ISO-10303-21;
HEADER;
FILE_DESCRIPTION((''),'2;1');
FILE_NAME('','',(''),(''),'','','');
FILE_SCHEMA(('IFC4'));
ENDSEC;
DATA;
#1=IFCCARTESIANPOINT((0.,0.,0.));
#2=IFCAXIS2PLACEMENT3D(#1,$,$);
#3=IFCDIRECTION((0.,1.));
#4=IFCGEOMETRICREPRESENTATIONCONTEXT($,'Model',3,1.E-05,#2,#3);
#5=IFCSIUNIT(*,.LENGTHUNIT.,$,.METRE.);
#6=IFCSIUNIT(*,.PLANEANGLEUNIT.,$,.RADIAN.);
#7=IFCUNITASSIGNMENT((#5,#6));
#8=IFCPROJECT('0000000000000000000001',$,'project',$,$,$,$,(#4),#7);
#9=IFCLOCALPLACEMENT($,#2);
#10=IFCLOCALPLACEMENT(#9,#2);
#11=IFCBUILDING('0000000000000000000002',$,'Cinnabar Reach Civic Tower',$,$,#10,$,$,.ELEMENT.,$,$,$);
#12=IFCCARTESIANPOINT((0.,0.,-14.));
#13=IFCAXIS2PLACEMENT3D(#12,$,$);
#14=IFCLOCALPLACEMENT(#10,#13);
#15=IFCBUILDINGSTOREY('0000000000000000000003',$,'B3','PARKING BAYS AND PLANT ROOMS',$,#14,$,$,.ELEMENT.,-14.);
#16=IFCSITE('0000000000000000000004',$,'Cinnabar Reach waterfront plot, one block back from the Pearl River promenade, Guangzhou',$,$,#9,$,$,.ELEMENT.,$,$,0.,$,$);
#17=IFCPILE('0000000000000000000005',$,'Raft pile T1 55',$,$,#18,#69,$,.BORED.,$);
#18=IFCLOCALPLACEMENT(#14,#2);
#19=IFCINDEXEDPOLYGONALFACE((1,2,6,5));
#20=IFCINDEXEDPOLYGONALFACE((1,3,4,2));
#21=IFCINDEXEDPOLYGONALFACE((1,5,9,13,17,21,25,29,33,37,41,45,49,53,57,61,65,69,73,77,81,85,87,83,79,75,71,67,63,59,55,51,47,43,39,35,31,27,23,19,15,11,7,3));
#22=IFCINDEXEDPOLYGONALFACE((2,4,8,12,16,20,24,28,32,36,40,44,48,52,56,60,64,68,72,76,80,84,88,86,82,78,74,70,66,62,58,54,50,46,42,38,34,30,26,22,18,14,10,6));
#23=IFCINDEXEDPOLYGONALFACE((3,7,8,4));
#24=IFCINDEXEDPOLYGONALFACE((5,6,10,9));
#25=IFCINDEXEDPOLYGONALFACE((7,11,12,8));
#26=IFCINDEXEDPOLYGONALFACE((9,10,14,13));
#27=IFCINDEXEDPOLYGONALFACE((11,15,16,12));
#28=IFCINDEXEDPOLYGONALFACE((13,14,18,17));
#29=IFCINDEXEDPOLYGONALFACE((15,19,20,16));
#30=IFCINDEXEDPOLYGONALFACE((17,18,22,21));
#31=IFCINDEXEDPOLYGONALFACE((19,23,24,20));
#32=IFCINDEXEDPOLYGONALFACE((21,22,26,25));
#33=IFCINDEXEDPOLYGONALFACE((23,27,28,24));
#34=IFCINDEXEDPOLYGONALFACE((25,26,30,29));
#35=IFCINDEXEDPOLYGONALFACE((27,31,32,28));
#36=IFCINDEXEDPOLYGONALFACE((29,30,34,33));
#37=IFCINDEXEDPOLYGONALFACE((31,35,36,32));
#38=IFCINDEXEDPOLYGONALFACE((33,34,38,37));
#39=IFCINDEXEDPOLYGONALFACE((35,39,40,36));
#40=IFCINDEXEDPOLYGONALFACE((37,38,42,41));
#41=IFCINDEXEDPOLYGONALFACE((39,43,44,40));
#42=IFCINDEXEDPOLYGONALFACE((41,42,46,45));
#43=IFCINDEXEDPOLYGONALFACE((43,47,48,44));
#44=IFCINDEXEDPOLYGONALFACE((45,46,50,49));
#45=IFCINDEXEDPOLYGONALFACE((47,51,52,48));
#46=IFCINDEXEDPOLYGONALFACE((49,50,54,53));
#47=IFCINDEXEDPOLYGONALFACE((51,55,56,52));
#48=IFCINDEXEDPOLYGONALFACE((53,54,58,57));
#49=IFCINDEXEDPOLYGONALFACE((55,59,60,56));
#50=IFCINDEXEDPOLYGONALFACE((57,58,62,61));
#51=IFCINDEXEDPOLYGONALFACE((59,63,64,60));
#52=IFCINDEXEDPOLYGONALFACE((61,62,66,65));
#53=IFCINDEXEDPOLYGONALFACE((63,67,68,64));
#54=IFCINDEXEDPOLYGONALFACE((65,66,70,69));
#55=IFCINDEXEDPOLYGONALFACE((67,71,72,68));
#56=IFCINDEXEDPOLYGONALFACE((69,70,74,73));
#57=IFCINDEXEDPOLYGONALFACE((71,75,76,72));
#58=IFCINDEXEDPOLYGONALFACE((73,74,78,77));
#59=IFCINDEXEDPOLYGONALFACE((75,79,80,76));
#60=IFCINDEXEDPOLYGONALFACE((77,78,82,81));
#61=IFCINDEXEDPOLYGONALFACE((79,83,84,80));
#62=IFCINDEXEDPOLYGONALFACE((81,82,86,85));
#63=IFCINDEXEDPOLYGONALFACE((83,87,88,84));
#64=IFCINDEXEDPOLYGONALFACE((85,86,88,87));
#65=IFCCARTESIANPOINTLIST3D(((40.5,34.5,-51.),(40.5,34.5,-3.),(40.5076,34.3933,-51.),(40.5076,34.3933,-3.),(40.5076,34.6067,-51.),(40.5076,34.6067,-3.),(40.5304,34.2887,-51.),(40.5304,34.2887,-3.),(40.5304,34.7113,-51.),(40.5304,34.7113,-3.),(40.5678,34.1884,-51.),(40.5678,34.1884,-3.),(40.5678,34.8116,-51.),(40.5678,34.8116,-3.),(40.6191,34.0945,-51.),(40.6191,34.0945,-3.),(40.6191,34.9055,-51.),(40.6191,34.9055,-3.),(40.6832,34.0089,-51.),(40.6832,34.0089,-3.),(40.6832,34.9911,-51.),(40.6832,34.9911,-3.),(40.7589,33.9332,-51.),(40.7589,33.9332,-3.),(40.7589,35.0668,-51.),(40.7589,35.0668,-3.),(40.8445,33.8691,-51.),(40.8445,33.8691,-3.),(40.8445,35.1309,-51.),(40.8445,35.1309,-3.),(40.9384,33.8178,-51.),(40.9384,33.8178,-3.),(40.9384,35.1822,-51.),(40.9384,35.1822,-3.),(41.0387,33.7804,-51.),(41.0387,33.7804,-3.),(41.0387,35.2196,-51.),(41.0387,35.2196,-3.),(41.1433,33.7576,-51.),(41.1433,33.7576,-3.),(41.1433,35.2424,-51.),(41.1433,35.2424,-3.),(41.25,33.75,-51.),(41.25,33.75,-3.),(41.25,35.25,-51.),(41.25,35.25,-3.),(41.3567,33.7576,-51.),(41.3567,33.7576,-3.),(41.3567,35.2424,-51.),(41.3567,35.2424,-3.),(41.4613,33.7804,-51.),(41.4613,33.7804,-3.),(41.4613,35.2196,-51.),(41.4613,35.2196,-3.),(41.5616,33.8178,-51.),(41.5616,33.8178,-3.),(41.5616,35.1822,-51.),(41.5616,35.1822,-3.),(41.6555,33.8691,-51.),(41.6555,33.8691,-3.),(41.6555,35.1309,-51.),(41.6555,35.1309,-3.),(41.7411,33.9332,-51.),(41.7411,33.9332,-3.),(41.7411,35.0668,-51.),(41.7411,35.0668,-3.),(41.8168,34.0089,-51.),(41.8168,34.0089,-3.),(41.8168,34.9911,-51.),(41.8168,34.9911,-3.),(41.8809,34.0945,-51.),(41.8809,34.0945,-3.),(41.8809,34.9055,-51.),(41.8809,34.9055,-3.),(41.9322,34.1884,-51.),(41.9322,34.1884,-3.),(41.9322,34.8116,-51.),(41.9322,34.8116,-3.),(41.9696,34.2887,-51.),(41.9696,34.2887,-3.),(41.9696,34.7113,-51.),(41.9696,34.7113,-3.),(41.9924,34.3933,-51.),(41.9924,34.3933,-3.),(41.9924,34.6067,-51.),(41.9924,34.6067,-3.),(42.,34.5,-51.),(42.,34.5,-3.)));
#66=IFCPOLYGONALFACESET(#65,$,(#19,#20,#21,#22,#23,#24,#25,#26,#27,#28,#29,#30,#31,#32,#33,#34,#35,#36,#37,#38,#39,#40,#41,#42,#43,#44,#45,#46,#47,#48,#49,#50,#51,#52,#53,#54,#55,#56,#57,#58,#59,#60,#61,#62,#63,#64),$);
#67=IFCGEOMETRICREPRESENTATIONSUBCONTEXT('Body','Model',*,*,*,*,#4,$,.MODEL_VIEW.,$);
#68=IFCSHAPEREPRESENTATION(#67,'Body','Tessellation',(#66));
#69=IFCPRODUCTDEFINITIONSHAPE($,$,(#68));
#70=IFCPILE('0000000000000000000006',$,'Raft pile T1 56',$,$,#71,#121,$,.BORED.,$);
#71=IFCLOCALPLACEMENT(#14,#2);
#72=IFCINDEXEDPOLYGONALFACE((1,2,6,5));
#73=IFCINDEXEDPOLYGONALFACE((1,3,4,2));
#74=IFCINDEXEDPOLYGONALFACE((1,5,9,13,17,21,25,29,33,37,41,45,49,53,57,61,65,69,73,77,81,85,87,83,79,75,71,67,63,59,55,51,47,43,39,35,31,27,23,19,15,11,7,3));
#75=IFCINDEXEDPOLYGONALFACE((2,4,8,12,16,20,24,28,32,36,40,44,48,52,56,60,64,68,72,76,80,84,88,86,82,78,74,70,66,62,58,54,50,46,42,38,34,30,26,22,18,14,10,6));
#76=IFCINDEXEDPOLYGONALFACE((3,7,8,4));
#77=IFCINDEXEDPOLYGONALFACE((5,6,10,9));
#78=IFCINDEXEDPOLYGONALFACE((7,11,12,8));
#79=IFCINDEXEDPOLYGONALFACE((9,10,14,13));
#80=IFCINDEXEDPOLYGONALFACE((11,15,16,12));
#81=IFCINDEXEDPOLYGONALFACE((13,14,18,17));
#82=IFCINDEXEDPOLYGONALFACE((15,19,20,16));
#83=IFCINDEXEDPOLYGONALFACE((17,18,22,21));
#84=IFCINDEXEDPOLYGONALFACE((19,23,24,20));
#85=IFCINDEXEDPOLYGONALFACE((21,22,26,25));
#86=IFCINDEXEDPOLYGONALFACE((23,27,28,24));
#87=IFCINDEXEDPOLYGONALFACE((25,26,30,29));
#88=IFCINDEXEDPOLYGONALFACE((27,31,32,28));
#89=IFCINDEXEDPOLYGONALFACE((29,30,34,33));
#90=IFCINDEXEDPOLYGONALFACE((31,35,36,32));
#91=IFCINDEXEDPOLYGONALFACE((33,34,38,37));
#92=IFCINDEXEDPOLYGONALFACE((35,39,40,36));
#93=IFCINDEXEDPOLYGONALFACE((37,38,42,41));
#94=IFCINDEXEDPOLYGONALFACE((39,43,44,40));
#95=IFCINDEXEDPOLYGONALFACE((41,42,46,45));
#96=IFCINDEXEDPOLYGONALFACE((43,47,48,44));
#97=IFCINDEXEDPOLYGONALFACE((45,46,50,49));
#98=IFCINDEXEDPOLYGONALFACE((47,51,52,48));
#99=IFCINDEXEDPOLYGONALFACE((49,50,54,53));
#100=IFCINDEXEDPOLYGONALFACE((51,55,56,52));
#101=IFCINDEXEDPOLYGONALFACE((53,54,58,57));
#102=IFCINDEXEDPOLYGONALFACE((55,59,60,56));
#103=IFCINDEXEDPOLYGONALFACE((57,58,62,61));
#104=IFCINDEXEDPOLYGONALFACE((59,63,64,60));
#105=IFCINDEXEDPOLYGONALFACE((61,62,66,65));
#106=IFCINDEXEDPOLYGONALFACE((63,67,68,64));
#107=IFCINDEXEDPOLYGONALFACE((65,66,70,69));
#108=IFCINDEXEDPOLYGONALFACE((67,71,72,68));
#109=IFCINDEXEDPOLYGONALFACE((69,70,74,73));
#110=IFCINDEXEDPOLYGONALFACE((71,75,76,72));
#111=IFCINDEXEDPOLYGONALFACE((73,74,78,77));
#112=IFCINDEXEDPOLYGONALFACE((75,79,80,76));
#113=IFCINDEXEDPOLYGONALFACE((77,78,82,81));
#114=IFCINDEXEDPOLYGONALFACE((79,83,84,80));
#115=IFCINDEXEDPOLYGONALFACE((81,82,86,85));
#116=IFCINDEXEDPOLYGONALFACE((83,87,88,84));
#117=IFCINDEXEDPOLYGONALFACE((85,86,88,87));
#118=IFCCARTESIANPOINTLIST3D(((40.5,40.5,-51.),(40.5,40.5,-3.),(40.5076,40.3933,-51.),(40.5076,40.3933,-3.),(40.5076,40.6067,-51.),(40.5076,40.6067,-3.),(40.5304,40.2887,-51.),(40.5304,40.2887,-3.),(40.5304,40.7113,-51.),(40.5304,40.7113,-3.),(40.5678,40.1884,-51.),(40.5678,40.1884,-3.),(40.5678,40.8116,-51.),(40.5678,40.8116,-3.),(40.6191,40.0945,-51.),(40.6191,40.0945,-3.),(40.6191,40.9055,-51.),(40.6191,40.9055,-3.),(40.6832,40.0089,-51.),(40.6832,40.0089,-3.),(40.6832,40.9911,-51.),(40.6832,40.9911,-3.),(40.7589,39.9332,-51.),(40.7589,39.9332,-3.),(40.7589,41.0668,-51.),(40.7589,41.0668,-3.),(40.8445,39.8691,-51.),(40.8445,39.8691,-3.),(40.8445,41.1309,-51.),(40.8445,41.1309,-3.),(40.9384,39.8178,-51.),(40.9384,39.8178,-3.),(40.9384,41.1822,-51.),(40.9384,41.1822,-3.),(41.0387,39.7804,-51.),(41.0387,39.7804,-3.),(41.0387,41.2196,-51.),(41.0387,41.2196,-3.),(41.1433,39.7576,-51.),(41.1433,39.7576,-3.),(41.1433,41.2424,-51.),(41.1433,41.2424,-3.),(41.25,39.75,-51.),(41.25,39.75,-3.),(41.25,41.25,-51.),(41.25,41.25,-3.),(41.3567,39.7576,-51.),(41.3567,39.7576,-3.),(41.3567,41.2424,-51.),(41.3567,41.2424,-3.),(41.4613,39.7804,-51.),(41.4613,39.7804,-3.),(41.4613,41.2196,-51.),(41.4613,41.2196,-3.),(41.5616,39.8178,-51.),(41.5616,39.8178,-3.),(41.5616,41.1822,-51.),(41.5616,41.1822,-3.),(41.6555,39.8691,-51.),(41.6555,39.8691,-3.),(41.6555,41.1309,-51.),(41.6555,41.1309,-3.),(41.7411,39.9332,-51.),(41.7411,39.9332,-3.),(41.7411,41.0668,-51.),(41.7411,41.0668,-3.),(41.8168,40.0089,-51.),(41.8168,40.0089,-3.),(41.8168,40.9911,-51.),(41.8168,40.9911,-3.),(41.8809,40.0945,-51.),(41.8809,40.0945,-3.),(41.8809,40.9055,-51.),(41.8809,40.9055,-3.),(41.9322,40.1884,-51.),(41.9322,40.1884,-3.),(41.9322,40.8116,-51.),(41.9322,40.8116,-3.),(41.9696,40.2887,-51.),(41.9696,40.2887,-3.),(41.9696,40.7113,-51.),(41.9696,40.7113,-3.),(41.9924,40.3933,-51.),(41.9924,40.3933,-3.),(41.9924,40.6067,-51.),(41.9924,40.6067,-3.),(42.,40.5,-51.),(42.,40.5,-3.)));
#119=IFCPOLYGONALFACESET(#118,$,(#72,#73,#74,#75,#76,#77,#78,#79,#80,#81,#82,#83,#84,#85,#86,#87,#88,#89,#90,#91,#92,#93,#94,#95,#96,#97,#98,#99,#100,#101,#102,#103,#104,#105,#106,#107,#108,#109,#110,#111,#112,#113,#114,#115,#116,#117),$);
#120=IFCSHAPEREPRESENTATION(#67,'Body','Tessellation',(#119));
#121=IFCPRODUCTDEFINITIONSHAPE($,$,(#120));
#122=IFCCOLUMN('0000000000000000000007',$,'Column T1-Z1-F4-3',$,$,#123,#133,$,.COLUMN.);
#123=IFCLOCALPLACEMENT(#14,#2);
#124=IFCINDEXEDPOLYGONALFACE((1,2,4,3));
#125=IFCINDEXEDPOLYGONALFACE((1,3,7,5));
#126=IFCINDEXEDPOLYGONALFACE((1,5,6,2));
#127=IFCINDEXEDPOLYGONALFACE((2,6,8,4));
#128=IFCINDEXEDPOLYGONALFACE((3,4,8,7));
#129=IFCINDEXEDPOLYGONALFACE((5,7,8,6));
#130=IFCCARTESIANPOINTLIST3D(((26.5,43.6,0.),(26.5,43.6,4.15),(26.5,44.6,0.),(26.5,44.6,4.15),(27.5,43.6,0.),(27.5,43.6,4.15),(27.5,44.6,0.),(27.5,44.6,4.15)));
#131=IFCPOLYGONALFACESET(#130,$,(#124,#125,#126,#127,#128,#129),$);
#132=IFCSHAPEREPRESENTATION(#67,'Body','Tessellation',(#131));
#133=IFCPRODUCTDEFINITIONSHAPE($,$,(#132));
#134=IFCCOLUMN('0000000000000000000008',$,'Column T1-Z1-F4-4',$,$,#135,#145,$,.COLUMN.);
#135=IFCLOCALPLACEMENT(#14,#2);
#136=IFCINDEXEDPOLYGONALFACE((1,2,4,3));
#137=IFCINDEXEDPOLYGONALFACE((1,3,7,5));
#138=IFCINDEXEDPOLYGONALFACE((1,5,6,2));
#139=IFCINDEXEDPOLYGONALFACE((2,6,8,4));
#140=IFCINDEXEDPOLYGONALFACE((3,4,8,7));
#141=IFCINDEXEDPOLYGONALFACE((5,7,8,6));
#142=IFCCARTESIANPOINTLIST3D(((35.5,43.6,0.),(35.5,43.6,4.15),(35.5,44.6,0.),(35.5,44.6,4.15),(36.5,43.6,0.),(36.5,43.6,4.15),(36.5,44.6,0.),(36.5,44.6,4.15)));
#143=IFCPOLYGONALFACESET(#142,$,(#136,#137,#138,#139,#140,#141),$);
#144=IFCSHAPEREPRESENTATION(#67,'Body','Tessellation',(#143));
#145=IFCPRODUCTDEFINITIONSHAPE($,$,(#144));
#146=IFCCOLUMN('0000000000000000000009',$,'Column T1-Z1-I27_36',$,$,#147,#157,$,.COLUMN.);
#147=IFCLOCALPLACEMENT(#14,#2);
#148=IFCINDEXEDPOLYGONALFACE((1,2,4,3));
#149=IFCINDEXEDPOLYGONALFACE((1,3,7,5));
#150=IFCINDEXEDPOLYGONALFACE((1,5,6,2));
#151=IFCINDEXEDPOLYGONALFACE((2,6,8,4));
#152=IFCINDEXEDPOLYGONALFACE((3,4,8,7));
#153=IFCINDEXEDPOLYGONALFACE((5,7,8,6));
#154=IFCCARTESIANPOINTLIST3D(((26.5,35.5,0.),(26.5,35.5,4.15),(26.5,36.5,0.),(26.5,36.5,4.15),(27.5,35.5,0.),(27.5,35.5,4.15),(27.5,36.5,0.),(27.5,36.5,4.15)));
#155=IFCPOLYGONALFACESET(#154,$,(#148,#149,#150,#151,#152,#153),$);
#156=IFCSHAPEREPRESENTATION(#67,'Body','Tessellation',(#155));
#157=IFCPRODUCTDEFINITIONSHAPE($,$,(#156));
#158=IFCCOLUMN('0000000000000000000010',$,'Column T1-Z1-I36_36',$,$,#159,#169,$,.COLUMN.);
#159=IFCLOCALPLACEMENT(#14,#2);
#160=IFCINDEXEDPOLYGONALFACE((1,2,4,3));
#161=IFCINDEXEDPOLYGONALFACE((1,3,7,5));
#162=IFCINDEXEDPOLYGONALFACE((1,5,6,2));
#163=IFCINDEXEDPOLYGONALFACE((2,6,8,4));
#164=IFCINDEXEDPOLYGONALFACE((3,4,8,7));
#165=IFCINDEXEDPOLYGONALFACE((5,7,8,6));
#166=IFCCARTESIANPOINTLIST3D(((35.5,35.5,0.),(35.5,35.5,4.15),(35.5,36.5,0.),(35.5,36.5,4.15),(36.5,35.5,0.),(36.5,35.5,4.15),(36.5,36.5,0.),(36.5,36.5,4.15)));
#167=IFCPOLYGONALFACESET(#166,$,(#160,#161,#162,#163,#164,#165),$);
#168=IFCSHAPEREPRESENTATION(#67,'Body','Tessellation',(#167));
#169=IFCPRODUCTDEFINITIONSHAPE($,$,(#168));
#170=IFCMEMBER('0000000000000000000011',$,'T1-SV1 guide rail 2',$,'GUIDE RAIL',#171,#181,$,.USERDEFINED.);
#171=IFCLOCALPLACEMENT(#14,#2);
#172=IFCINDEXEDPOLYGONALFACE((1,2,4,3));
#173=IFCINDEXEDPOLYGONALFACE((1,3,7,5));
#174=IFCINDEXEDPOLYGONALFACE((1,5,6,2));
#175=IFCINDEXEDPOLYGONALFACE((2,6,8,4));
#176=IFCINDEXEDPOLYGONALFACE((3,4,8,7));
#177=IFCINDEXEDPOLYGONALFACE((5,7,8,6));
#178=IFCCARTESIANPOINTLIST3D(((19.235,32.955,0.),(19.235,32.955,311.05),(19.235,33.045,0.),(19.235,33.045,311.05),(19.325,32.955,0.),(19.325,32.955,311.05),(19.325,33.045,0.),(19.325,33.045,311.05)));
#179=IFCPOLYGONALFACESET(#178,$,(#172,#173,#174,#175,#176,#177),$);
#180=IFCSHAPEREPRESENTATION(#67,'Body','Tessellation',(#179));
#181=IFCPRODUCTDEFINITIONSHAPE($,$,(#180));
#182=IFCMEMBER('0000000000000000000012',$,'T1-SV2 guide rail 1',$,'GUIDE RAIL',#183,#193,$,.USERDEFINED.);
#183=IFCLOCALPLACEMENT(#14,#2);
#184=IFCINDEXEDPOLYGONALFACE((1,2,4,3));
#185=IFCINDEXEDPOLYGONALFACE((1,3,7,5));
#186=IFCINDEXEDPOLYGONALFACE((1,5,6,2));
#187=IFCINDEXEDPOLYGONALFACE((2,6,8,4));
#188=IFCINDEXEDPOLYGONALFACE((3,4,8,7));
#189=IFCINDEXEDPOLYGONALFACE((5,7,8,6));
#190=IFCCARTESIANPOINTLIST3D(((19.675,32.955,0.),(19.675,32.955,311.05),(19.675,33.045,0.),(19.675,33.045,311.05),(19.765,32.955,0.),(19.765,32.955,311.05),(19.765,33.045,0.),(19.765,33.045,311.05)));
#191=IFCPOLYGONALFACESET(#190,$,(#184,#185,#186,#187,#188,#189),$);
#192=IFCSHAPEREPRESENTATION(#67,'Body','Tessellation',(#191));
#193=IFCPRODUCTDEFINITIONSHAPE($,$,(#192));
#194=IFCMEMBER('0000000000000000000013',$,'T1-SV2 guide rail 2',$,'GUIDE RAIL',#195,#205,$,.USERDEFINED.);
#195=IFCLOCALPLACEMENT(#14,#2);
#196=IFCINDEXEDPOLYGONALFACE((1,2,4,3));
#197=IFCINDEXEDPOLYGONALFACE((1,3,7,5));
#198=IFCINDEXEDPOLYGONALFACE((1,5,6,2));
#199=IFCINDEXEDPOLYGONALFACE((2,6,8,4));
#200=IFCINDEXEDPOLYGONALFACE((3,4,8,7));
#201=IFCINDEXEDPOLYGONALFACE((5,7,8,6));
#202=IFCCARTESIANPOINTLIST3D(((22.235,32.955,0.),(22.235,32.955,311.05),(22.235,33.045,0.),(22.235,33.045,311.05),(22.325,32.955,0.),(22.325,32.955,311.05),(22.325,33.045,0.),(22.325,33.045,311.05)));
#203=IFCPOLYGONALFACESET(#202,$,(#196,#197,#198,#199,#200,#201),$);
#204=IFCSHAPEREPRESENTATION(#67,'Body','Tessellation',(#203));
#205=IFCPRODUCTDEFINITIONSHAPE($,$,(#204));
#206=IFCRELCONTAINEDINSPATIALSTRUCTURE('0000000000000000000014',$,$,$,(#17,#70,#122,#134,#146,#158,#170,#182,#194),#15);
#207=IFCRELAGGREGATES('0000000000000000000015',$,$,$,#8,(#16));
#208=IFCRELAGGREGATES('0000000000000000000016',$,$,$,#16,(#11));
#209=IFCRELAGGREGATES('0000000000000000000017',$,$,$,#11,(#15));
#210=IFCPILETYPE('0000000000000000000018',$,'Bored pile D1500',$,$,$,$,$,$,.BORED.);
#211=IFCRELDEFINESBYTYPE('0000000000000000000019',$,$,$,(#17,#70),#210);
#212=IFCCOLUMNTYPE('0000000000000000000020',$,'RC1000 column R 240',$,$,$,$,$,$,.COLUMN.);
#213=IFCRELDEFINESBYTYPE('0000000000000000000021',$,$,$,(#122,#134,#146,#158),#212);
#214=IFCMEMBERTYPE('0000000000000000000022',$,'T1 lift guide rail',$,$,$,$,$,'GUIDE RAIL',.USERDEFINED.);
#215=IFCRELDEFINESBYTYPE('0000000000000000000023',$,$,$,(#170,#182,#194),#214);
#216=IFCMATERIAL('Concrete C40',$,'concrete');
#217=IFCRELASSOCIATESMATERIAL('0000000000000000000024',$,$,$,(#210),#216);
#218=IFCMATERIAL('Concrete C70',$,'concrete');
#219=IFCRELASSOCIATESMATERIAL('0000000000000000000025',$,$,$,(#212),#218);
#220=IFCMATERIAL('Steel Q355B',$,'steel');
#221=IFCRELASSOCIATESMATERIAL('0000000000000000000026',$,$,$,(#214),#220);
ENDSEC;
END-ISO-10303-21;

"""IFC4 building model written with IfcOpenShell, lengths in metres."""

from ifc_helpers import new_model, si_unit, direction, frame, origin, origin_2d, place, context, subcontext, project, spatial, rectangle, circle, extrude, material, material_profile, profile_set, type_object, element, save


model = new_model("IFC4")

# Units and contexts
model_context = context("Model", 3, precision=1e-05, world=origin(), true_north=direction((0.0, 1.0)))
body_context = subcontext(model_context, "Body", "Model", "MODEL_VIEW")
ifc_project = project(units=[si_unit("LENGTHUNIT", "METRE"), si_unit("PLANEANGLEUNIT", "RADIAN")], contexts=[model_context])

# Site, building, storey
site_placement = place(None, origin())
site = spatial("IfcSite", under=ifc_project, at=site_placement, Name="Cinnabar Reach waterfront plot, one block back from the Pearl River promenade, Guangzhou", CompositionType="ELEMENT", RefElevation=0.0)
building_placement = place(site_placement, origin())
building = spatial("IfcBuilding", under=site, at=building_placement, Name="Cinnabar Reach Civic Tower", CompositionType="ELEMENT")
storey_placement = place(building_placement, frame((0.0, 0.0, -14.0)))
storey = spatial("IfcBuildingStorey", under=building, at=storey_placement, Name="B3", Description="PARKING BAYS AND PLANT ROOMS", CompositionType="ELEMENT", Elevation=-14.0)

# Piles
ifc_material_1 = material(Name="Concrete C40", Category="concrete")
pile_type = type_object("IfcPileType", Name="Bored pile D1500", PredefinedType="BORED", material=ifc_material_1)
for number, where, z_axis, x_axis, name in (
    (1, (41.25, 34.5, -3.0), (0.0, 0.0, -1.0), (1.0, 0.0, 0.0), "Raft pile T1 55"),
    (2, (41.25, 40.5, -3.0), (0.0, 0.0, -1.0), (1.0, 0.0, 0.0), "Raft pile T1 56"),
):
    element("IfcPile", number, at=place(storey_placement, frame(where, z_axis=z_axis, x_axis=x_axis)), inside=storey, type_object=pile_type, Name=name, PredefinedType="BORED", context=body_context, shape_type="SweptSolid", body=[
        extrude(circle(Radius=0.75, at=origin_2d()), origin(), (0.0, 0.0, 1.0), 48.0),
    ])

# Columns
ifc_material_2 = material(Name="Concrete C70", Category="concrete")
ifc_material_profile_1 = material_profile(ifc_material_2, rectangle(XDim=1.0, YDim=1.0, at=origin_2d()), Name="RC1000")
ifc_profile_set_1 = profile_set([ifc_material_profile_1], Name="Concrete C70")
column_type = type_object("IfcColumnType", Name="RC1000 column R 240", PredefinedType="COLUMN", material=ifc_profile_set_1)
for number, where, z_axis, x_axis, name in (
    (3, (27.0, 44.1, 0.0), (0.0, 0.0, 1.0), (1.0, 0.0, 0.0), "Column T1-Z1-F4-3"),
    (4, (36.0, 44.1, 0.0), (0.0, 0.0, 1.0), (1.0, 0.0, 0.0), "Column T1-Z1-F4-4"),
    (5, (27.0, 36.0, 0.0), (0.0, 0.0, 1.0), (1.0, 0.0, 0.0), "Column T1-Z1-I27_36"),
    (6, (36.0, 36.0, 0.0), (0.0, 0.0, 1.0), (1.0, 0.0, 0.0), "Column T1-Z1-I36_36"),
):
    element("IfcColumn", number, at=place(storey_placement, frame(where, z_axis=z_axis, x_axis=x_axis)), inside=storey, type_object=column_type, Name=name, PredefinedType="COLUMN", context=body_context, shape_type="SweptSolid", body=[
        extrude(rectangle(XDim=1.0, YDim=1.0, at=origin_2d()), origin(), (0.0, 0.0, 1.0), 4.15),
    ])

# Members
ifc_material_3 = material(Name="Steel Q355B", Category="steel")
ifc_material_profile_2 = material_profile(ifc_material_3, rectangle(XDim=0.09, YDim=0.09, at=origin_2d()), Name="T1 lift guide rail")
ifc_profile_set_2 = profile_set([ifc_material_profile_2], Name="Steel Q355B")
member_type = type_object("IfcMemberType", Name="T1 lift guide rail", ElementType="GUIDE RAIL", PredefinedType="USERDEFINED", material=ifc_profile_set_2)
for number, where, z_axis, x_axis, name in (
    (7, (19.28, 33.0, 0.0), (0.0, 0.0, 1.0), (1.0, 0.0, 0.0), "T1-SV1 guide rail 2"),
    (8, (19.72, 33.0, 0.0), (0.0, 0.0, 1.0), (1.0, 0.0, 0.0), "T1-SV2 guide rail 1"),
    (9, (22.28, 33.0, 0.0), (0.0, 0.0, 1.0), (1.0, 0.0, 0.0), "T1-SV2 guide rail 2"),
):
    element("IfcMember", number, at=place(storey_placement, frame(where, z_axis=z_axis, x_axis=x_axis)), inside=storey, type_object=member_type, Name=name, ObjectType="GUIDE RAIL", PredefinedType="USERDEFINED", context=body_context, shape_type="SweptSolid", body=[
        extrude(rectangle(XDim=0.09, YDim=0.09, at=origin_2d()), origin(), (0.0, 0.0, 1.0), 311.05),
    ])

save(model, "model.ifc")
